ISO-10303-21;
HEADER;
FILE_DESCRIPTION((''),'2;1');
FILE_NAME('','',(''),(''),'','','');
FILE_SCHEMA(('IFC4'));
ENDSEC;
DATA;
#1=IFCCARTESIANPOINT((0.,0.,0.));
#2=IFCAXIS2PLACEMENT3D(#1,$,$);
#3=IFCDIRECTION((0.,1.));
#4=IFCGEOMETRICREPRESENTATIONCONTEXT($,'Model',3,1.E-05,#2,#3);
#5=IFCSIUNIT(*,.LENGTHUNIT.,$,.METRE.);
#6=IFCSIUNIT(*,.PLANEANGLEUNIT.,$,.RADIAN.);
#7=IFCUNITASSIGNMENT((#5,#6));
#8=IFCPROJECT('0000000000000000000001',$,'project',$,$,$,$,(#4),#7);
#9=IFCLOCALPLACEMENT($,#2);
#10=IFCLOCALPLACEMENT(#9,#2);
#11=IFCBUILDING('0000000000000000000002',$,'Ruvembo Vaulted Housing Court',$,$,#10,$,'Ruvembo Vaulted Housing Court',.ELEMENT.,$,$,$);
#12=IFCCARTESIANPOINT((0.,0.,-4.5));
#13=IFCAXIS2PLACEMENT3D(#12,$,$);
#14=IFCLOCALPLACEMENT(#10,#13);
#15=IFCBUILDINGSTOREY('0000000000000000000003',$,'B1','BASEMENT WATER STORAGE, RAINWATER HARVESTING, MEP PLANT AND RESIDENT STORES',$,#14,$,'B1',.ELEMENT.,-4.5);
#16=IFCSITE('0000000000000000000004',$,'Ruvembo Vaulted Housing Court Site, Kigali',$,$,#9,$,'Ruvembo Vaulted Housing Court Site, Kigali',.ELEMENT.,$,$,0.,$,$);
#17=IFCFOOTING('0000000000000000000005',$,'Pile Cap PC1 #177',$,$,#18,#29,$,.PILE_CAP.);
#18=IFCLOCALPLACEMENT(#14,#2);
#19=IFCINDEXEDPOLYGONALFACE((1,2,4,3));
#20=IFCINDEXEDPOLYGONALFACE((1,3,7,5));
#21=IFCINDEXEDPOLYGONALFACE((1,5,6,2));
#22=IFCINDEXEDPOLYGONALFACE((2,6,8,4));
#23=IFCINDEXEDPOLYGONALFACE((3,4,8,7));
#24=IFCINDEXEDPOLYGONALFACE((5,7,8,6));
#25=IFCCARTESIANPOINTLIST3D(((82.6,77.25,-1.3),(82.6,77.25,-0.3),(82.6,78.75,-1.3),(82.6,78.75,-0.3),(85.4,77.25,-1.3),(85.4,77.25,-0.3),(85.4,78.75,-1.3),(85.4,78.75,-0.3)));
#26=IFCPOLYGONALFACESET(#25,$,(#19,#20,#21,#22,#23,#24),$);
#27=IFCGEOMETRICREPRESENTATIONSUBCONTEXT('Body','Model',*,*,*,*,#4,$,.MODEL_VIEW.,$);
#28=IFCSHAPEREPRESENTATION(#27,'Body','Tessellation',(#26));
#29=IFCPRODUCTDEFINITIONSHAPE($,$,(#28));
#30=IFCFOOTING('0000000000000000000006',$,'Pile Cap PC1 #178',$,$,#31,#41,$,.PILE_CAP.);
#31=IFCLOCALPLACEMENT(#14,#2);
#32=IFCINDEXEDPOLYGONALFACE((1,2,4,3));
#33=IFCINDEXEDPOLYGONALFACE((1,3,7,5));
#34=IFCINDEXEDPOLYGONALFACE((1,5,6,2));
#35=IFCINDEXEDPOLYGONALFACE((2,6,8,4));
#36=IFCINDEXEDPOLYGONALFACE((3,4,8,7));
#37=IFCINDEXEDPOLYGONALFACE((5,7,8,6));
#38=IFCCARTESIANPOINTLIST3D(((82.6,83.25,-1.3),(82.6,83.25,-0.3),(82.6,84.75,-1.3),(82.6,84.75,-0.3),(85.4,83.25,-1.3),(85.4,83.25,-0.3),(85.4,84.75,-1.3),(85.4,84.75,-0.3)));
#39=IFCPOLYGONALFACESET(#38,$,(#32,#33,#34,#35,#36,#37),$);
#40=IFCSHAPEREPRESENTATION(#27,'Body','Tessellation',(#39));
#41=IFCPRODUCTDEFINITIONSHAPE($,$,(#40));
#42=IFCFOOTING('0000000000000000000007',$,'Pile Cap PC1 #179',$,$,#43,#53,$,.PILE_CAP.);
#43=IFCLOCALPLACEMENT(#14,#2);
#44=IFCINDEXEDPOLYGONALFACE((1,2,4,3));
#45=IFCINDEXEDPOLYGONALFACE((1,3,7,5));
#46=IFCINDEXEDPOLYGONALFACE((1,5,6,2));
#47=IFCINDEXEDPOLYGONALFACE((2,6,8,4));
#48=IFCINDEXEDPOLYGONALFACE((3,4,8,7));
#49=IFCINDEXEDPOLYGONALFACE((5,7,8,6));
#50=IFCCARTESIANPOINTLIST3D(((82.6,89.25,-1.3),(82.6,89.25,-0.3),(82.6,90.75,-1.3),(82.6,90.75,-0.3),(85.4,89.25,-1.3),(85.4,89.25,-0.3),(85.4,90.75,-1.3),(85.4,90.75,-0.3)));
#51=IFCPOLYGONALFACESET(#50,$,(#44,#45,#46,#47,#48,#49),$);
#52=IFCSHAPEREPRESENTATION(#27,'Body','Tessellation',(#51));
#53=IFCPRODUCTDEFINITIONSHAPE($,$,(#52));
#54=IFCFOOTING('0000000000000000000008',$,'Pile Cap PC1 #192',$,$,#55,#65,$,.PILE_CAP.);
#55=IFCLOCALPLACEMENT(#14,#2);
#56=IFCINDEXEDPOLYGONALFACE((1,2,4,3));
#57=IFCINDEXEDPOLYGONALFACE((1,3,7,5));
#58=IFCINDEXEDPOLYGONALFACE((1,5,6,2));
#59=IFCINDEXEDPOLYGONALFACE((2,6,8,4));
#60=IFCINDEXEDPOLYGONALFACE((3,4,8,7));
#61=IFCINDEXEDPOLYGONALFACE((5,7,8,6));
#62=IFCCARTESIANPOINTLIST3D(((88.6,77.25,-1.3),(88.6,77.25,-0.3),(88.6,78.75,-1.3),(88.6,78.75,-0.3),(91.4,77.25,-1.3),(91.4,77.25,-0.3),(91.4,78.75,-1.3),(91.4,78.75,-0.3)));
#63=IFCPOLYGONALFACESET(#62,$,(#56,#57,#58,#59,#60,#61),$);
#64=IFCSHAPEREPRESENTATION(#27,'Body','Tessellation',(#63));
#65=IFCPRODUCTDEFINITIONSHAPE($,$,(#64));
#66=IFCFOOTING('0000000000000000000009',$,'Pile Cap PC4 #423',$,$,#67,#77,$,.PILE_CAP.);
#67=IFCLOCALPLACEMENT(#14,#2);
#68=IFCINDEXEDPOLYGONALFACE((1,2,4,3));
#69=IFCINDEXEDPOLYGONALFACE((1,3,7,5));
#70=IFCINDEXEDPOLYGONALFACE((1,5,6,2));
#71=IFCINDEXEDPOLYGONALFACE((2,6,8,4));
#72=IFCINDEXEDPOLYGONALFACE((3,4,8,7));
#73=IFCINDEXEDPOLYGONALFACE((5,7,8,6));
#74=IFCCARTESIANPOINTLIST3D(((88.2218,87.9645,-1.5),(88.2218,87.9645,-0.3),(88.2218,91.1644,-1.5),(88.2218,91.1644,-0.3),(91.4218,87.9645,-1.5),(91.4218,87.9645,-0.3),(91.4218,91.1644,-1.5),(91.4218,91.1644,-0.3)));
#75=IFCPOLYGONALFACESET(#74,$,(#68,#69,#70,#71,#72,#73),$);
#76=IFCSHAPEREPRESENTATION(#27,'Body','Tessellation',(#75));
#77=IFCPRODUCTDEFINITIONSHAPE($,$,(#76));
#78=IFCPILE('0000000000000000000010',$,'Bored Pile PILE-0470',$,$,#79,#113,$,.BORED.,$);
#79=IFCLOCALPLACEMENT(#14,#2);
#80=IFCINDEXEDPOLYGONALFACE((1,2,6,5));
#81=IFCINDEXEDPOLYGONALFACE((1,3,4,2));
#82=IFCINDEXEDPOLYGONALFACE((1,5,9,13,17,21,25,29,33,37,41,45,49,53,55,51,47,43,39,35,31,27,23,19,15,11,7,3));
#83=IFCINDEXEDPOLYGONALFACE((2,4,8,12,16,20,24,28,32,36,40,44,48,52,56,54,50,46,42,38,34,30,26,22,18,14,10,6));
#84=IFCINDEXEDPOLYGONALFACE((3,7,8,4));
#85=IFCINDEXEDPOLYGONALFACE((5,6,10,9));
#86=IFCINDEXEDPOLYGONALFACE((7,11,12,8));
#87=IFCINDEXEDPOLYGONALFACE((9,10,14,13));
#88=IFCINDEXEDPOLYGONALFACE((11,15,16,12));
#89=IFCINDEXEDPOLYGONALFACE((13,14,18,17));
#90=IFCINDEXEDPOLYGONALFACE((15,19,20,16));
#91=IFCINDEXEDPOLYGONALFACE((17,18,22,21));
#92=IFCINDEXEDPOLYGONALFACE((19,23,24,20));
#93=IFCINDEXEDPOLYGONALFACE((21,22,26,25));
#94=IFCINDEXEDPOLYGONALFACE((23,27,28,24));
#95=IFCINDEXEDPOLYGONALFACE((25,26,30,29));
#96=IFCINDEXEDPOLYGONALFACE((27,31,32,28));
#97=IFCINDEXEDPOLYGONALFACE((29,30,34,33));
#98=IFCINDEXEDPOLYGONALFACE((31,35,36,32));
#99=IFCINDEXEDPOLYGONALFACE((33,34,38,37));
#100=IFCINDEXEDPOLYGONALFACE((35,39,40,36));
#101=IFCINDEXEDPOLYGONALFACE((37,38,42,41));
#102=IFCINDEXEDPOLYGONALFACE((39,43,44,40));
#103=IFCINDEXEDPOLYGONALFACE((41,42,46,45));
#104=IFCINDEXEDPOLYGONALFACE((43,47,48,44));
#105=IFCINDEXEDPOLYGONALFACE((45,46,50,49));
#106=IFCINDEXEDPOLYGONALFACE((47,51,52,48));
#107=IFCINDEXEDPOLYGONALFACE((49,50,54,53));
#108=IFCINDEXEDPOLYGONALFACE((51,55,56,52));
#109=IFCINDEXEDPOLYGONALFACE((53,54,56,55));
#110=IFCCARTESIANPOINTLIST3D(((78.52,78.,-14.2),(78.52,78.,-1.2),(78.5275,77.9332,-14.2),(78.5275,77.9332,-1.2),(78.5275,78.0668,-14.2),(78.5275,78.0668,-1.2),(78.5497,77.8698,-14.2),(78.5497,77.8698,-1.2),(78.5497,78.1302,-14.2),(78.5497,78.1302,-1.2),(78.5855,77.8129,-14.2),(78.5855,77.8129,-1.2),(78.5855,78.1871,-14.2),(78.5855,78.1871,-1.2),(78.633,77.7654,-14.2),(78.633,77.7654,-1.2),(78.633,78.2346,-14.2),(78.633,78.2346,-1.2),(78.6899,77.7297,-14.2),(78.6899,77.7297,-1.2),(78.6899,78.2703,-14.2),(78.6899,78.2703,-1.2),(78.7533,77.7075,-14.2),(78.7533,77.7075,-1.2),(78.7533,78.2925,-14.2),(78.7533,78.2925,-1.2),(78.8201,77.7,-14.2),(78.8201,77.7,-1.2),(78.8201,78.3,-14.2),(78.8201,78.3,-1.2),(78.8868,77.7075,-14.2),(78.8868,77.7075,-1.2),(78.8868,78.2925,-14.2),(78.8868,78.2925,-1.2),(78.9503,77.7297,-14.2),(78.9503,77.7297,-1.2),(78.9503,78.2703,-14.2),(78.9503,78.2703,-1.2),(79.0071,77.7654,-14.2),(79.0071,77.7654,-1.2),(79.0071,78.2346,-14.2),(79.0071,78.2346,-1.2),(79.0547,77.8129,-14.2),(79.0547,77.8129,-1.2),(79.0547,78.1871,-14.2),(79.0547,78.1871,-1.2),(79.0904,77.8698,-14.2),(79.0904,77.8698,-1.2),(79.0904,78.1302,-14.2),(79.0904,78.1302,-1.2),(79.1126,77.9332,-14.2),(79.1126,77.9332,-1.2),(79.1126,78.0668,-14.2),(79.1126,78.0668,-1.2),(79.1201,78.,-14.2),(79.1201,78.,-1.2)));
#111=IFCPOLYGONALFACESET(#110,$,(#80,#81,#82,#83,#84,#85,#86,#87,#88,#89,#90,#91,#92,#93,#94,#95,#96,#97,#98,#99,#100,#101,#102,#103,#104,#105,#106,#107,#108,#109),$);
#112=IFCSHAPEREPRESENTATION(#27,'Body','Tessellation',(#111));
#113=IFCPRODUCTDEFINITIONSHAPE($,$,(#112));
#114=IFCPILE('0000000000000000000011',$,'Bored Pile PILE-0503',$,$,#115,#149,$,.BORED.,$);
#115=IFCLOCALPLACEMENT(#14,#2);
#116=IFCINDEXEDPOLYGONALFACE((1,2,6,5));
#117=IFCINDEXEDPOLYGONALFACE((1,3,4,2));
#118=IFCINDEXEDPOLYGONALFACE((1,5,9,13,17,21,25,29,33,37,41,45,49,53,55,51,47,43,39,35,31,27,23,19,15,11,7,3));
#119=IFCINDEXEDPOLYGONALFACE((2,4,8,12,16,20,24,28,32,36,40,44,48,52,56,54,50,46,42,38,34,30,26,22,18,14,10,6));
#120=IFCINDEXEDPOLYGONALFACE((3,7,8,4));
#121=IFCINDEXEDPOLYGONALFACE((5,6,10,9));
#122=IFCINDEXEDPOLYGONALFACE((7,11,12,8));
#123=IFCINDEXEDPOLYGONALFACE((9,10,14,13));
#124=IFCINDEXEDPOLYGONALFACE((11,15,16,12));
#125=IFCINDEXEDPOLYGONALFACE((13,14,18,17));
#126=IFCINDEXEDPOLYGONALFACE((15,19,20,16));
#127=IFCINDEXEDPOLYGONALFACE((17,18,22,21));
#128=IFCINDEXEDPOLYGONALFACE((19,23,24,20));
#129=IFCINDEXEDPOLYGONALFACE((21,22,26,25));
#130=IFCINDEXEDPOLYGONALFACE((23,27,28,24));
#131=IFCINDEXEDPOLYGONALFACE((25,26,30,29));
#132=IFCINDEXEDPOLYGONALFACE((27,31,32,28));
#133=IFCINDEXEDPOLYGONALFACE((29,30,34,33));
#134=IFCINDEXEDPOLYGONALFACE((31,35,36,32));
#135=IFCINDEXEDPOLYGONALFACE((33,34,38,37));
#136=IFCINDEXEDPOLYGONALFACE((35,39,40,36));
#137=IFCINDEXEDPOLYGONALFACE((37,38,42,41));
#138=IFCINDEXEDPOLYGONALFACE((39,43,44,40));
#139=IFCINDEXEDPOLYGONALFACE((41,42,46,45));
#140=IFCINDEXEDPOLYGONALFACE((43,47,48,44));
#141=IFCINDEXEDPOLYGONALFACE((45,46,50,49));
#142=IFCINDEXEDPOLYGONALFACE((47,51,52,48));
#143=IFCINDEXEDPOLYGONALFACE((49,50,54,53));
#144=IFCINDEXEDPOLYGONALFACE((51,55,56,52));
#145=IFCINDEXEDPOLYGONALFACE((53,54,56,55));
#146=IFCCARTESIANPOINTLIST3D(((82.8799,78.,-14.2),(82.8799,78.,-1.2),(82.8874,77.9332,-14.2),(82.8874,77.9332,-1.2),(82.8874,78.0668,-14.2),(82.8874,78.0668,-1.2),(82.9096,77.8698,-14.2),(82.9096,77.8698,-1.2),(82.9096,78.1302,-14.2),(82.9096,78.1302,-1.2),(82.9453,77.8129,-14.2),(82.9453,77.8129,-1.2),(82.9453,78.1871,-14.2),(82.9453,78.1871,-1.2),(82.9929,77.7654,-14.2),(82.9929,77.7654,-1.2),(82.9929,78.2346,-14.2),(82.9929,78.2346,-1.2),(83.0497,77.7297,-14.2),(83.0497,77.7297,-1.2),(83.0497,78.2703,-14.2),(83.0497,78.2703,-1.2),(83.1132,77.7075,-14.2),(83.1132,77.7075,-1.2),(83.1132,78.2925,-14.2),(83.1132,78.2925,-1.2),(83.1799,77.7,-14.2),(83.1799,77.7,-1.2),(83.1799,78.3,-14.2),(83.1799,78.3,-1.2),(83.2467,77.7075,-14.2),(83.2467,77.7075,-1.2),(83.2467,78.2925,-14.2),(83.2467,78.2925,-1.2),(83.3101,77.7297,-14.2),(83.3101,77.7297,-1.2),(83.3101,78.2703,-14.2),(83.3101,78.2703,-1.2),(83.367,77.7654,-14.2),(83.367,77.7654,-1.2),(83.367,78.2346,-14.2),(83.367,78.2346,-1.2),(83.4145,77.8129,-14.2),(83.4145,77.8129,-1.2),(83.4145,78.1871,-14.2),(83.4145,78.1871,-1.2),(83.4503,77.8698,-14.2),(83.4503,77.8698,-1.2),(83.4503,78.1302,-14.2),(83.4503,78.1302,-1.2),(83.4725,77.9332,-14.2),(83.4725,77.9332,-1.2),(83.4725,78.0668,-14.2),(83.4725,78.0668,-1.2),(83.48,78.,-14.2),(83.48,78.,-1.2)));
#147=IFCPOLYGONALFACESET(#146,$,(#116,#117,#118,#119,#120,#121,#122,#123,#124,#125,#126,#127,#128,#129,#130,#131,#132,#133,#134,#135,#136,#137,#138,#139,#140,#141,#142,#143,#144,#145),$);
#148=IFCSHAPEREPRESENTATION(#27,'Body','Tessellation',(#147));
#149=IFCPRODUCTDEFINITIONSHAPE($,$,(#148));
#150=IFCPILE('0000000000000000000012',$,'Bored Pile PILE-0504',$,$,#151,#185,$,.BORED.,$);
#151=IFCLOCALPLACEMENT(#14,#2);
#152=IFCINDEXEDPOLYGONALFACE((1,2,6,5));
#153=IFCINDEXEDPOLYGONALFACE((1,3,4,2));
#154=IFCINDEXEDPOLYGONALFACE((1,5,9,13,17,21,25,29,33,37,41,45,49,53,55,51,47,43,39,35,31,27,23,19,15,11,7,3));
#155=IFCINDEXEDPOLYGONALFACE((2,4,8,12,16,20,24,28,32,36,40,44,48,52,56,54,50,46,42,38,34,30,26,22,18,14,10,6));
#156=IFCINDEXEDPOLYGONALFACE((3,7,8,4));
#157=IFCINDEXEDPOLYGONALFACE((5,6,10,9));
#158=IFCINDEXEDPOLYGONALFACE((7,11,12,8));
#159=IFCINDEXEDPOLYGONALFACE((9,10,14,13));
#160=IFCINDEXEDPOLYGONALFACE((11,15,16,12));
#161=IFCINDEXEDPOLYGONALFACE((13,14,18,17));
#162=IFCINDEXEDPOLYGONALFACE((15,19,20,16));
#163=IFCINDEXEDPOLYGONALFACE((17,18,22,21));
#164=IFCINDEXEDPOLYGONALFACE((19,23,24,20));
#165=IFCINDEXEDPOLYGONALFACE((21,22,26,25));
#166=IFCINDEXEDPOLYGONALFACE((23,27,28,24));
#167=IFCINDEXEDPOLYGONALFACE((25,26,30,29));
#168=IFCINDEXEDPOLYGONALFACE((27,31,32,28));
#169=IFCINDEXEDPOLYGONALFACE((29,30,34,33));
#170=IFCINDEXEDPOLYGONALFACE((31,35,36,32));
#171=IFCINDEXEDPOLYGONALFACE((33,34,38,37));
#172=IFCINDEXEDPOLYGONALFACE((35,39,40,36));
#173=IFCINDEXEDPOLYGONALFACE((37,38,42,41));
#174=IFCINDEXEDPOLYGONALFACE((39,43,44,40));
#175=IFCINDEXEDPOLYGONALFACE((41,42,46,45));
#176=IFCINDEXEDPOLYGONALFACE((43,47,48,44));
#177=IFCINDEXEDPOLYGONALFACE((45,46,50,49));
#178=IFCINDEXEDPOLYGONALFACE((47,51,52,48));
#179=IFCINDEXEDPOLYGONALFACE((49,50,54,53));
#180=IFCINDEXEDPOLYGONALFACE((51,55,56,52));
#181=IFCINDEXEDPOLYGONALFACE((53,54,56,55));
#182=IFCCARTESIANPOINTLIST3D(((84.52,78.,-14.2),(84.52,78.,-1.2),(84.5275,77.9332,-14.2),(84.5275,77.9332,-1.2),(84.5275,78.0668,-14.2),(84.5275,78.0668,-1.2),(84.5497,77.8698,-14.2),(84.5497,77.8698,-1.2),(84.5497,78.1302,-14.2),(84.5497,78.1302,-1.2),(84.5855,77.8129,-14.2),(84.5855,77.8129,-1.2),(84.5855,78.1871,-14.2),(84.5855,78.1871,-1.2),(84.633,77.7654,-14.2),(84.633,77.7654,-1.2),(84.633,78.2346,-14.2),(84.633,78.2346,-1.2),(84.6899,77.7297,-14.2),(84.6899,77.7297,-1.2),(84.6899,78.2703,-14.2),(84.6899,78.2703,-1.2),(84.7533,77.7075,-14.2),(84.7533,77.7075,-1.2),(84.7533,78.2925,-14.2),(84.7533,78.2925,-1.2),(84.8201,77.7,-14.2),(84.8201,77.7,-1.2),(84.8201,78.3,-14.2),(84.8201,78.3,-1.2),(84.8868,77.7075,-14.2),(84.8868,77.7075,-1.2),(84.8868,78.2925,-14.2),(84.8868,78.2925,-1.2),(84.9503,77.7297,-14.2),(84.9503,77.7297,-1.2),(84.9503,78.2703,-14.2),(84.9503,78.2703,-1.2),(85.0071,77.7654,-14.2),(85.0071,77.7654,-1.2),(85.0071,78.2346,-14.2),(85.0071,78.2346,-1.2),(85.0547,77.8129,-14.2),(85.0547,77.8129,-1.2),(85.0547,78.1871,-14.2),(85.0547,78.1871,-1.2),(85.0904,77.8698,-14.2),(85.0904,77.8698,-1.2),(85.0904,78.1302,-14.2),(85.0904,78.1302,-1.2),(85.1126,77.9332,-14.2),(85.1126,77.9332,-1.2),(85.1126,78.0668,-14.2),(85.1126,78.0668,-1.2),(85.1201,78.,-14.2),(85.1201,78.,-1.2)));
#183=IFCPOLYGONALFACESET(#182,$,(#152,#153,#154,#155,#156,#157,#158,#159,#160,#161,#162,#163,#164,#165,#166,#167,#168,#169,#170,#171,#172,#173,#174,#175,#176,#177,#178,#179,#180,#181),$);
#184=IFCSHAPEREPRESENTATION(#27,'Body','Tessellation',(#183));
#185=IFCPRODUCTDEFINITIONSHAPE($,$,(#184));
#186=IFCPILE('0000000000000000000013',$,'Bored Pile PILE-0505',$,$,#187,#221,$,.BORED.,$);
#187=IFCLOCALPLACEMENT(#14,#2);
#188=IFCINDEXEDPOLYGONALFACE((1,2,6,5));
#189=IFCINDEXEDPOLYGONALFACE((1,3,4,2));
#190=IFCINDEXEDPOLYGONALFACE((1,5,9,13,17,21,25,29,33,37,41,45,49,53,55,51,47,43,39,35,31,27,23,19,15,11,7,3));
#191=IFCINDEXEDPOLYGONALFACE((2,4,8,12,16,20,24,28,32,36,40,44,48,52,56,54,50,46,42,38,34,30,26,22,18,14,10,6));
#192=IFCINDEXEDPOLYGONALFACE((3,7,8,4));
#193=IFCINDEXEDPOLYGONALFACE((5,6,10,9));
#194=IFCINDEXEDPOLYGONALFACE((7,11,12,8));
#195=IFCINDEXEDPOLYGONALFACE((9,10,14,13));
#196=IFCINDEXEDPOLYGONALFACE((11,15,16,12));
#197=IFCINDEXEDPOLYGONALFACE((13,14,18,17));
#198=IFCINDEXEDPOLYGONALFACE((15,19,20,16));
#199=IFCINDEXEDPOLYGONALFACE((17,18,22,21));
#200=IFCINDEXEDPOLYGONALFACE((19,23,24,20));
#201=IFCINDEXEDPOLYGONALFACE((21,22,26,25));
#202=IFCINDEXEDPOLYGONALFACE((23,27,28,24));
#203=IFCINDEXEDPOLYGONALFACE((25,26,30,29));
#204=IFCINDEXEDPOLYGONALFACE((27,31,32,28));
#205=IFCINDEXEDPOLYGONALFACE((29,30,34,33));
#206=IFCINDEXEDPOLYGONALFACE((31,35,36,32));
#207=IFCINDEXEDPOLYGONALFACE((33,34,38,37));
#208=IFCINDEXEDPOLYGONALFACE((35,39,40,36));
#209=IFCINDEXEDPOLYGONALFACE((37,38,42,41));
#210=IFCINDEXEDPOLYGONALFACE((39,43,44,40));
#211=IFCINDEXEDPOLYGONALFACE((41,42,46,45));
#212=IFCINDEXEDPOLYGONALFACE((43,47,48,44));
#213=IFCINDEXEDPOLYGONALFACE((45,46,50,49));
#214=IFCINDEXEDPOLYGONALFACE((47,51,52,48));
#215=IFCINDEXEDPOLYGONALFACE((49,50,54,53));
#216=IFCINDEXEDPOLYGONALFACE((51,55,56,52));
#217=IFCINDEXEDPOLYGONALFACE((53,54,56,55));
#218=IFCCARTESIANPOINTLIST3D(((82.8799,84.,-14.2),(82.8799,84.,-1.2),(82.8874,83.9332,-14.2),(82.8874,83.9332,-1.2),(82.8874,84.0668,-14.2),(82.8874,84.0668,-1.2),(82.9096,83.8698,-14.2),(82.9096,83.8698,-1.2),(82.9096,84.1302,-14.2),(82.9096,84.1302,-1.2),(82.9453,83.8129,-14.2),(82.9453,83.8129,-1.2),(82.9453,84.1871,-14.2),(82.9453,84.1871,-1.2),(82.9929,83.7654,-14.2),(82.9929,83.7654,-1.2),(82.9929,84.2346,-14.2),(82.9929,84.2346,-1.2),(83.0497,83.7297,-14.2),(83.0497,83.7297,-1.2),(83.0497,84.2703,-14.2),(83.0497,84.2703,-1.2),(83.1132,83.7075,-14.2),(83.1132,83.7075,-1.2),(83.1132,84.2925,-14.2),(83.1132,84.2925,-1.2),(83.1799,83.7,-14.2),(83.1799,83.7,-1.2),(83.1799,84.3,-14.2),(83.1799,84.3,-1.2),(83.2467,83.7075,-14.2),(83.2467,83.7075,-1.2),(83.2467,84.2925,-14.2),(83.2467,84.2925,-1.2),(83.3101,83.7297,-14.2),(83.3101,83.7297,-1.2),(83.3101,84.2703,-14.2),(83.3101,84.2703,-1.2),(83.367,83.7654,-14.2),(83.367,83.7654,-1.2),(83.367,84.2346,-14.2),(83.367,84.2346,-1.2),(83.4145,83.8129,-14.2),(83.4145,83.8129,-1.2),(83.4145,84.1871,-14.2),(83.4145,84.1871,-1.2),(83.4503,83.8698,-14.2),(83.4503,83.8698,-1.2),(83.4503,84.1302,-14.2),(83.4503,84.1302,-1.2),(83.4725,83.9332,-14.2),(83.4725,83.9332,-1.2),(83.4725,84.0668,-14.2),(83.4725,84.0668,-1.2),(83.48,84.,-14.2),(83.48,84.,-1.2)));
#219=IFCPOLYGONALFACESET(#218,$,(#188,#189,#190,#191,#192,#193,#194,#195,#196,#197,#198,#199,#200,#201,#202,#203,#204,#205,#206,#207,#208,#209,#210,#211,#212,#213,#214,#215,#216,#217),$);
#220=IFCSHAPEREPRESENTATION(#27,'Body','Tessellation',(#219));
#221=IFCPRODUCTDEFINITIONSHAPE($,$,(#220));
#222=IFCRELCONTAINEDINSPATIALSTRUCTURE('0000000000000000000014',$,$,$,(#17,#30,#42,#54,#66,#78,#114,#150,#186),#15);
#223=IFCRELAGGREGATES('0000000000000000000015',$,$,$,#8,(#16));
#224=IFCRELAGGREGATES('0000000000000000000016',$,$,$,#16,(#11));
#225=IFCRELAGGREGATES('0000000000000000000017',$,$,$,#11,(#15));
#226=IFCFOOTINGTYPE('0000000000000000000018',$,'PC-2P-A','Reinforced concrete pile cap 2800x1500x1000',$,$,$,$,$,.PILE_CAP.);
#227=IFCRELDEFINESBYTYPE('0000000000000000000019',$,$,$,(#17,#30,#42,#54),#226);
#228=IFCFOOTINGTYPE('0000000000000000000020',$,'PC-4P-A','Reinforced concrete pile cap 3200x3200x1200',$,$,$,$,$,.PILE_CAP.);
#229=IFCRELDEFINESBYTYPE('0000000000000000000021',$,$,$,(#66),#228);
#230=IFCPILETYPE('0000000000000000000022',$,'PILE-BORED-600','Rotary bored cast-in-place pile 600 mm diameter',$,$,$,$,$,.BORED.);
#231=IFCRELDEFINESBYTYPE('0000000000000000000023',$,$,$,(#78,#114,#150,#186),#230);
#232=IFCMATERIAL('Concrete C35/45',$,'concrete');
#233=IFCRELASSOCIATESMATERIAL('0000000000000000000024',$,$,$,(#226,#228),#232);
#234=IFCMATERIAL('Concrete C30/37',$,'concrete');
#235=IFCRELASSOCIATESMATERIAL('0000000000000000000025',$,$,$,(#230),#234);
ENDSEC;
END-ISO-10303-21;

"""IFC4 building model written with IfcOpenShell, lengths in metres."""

from ifc_helpers import new_model, si_unit, direction, frame, origin, origin_2d, place, context, subcontext, project, spatial, rectangle, circle, extrude, material, material_profile, profile_set, type_object, element, save


model = new_model("IFC4")

# Units and contexts
model_context = context("Model", 3, precision=1e-05, world=origin(), true_north=direction((0.0, 1.0)))
body_context = subcontext(model_context, "Body", "Model", "MODEL_VIEW")
ifc_project = project(units=[si_unit("LENGTHUNIT", "METRE"), si_unit("PLANEANGLEUNIT", "RADIAN")], contexts=[model_context])

# Site, building, storey
site_placement = place(None, origin())
site = spatial("IfcSite", under=ifc_project, at=site_placement, Name="Ruvembo Vaulted Housing Court Site, Kigali", LongName="Ruvembo Vaulted Housing Court Site, Kigali", CompositionType="ELEMENT", RefElevation=0.0)
building_placement = place(site_placement, origin())
building = spatial("IfcBuilding", under=site, at=building_placement, Name="Ruvembo Vaulted Housing Court", LongName="Ruvembo Vaulted Housing Court", CompositionType="ELEMENT")
storey_placement = place(building_placement, frame((0.0, 0.0, -4.5)))
storey = spatial("IfcBuildingStorey", under=building, at=storey_placement, Name="B1", Description="BASEMENT WATER STORAGE, RAINWATER HARVESTING, MEP PLANT AND RESIDENT STORES", LongName="B1", CompositionType="ELEMENT", Elevation=-4.5)

# Footings
ifc_material_1 = material(Name="Concrete C35/45", Category="concrete")
footing_type_1 = type_object("IfcFootingType", Name="PC-2P-A", Description="Reinforced concrete pile cap 2800x1500x1000", PredefinedType="PILE_CAP", material=ifc_material_1)
for number, where, z_axis, x_axis, name in (
    (1, (84.0, 78.0, -1.3), (0.0, 0.0, 1.0), (1.0, 0.0, 0.0), "Pile Cap PC1 #177"),
    (2, (84.0, 84.0, -1.3), (0.0, 0.0, 1.0), (1.0, 0.0, 0.0), "Pile Cap PC1 #178"),
    (3, (84.0, 90.0, -1.3), (0.0, 0.0, 1.0), (1.0, 0.0, 0.0), "Pile Cap PC1 #179"),
    (4, (90.0, 78.0, -1.3), (0.0, 0.0, 1.0), (1.0, 0.0, 0.0), "Pile Cap PC1 #192"),
):
    element("IfcFooting", number, at=place(storey_placement, frame(where, z_axis=z_axis, x_axis=x_axis)), inside=storey, type_object=footing_type_1, Name=name, PredefinedType="PILE_CAP", context=body_context, shape_type="SweptSolid", body=[
        extrude(rectangle(XDim=2.8, YDim=1.5, at=origin_2d()), origin(), (0.0, 0.0, 1.0), 1.0),
    ])
footing_type_2 = type_object("IfcFootingType", Name="PC-4P-A", Description="Reinforced concrete pile cap 3200x3200x1200", PredefinedType="PILE_CAP", material=ifc_material_1)
footing_placement = place(storey_placement, frame((89.8218, 89.5645, -1.5), z_axis=(0.0, 0.0, 1.0), x_axis=(1.0, 0.0, 0.0)))
element("IfcFooting", 5, at=footing_placement, inside=storey, type_object=footing_type_2, Name="Pile Cap PC4 #423", PredefinedType="PILE_CAP", context=body_context, shape_type="SweptSolid", body=[
    extrude(rectangle(XDim=3.2, YDim=3.2, at=origin_2d()), origin(), (0.0, 0.0, 1.0), 1.2),
])

# Piles
ifc_material_2 = material(Name="Concrete C30/37", Category="concrete")
ifc_material_profile_1 = material_profile(ifc_material_2, circle(Radius=0.3, at=origin_2d()), Name="PILE D600")
ifc_profile_set_1 = profile_set([ifc_material_profile_1], Name="Concrete C30/37")
pile_type_1 = type_object("IfcPileType", Name="PILE-BORED-600", Description="Rotary bored cast-in-place pile 600 mm diameter", PredefinedType="BORED", material=ifc_profile_set_1)
for number, where, z_axis, x_axis, name in (
    (6, (78.8201, 78.0, -1.2), (0.0, 0.0, -1.0), (1.0, 0.0, 0.0), "Bored Pile PILE-0470"),
    (7, (83.1799, 78.0, -1.2), (0.0, 0.0, -1.0), (1.0, 0.0, 0.0), "Bored Pile PILE-0503"),
    (8, (84.8201, 78.0, -1.2), (0.0, 0.0, -1.0), (1.0, 0.0, 0.0), "Bored Pile PILE-0504"),
    (9, (83.1799, 84.0, -1.2), (0.0, 0.0, -1.0), (1.0, 0.0, 0.0), "Bored Pile PILE-0505"),
):
    element("IfcPile", number, at=place(storey_placement, frame(where, z_axis=z_axis, x_axis=x_axis)), inside=storey, type_object=pile_type_1, Name=name, PredefinedType="BORED", context=body_context, shape_type="SweptSolid", body=[
        extrude(circle(Radius=0.3, at=origin_2d()), origin(), (0.0, 0.0, 1.0), 13.0),
    ])

save(model, "model.ifc")
